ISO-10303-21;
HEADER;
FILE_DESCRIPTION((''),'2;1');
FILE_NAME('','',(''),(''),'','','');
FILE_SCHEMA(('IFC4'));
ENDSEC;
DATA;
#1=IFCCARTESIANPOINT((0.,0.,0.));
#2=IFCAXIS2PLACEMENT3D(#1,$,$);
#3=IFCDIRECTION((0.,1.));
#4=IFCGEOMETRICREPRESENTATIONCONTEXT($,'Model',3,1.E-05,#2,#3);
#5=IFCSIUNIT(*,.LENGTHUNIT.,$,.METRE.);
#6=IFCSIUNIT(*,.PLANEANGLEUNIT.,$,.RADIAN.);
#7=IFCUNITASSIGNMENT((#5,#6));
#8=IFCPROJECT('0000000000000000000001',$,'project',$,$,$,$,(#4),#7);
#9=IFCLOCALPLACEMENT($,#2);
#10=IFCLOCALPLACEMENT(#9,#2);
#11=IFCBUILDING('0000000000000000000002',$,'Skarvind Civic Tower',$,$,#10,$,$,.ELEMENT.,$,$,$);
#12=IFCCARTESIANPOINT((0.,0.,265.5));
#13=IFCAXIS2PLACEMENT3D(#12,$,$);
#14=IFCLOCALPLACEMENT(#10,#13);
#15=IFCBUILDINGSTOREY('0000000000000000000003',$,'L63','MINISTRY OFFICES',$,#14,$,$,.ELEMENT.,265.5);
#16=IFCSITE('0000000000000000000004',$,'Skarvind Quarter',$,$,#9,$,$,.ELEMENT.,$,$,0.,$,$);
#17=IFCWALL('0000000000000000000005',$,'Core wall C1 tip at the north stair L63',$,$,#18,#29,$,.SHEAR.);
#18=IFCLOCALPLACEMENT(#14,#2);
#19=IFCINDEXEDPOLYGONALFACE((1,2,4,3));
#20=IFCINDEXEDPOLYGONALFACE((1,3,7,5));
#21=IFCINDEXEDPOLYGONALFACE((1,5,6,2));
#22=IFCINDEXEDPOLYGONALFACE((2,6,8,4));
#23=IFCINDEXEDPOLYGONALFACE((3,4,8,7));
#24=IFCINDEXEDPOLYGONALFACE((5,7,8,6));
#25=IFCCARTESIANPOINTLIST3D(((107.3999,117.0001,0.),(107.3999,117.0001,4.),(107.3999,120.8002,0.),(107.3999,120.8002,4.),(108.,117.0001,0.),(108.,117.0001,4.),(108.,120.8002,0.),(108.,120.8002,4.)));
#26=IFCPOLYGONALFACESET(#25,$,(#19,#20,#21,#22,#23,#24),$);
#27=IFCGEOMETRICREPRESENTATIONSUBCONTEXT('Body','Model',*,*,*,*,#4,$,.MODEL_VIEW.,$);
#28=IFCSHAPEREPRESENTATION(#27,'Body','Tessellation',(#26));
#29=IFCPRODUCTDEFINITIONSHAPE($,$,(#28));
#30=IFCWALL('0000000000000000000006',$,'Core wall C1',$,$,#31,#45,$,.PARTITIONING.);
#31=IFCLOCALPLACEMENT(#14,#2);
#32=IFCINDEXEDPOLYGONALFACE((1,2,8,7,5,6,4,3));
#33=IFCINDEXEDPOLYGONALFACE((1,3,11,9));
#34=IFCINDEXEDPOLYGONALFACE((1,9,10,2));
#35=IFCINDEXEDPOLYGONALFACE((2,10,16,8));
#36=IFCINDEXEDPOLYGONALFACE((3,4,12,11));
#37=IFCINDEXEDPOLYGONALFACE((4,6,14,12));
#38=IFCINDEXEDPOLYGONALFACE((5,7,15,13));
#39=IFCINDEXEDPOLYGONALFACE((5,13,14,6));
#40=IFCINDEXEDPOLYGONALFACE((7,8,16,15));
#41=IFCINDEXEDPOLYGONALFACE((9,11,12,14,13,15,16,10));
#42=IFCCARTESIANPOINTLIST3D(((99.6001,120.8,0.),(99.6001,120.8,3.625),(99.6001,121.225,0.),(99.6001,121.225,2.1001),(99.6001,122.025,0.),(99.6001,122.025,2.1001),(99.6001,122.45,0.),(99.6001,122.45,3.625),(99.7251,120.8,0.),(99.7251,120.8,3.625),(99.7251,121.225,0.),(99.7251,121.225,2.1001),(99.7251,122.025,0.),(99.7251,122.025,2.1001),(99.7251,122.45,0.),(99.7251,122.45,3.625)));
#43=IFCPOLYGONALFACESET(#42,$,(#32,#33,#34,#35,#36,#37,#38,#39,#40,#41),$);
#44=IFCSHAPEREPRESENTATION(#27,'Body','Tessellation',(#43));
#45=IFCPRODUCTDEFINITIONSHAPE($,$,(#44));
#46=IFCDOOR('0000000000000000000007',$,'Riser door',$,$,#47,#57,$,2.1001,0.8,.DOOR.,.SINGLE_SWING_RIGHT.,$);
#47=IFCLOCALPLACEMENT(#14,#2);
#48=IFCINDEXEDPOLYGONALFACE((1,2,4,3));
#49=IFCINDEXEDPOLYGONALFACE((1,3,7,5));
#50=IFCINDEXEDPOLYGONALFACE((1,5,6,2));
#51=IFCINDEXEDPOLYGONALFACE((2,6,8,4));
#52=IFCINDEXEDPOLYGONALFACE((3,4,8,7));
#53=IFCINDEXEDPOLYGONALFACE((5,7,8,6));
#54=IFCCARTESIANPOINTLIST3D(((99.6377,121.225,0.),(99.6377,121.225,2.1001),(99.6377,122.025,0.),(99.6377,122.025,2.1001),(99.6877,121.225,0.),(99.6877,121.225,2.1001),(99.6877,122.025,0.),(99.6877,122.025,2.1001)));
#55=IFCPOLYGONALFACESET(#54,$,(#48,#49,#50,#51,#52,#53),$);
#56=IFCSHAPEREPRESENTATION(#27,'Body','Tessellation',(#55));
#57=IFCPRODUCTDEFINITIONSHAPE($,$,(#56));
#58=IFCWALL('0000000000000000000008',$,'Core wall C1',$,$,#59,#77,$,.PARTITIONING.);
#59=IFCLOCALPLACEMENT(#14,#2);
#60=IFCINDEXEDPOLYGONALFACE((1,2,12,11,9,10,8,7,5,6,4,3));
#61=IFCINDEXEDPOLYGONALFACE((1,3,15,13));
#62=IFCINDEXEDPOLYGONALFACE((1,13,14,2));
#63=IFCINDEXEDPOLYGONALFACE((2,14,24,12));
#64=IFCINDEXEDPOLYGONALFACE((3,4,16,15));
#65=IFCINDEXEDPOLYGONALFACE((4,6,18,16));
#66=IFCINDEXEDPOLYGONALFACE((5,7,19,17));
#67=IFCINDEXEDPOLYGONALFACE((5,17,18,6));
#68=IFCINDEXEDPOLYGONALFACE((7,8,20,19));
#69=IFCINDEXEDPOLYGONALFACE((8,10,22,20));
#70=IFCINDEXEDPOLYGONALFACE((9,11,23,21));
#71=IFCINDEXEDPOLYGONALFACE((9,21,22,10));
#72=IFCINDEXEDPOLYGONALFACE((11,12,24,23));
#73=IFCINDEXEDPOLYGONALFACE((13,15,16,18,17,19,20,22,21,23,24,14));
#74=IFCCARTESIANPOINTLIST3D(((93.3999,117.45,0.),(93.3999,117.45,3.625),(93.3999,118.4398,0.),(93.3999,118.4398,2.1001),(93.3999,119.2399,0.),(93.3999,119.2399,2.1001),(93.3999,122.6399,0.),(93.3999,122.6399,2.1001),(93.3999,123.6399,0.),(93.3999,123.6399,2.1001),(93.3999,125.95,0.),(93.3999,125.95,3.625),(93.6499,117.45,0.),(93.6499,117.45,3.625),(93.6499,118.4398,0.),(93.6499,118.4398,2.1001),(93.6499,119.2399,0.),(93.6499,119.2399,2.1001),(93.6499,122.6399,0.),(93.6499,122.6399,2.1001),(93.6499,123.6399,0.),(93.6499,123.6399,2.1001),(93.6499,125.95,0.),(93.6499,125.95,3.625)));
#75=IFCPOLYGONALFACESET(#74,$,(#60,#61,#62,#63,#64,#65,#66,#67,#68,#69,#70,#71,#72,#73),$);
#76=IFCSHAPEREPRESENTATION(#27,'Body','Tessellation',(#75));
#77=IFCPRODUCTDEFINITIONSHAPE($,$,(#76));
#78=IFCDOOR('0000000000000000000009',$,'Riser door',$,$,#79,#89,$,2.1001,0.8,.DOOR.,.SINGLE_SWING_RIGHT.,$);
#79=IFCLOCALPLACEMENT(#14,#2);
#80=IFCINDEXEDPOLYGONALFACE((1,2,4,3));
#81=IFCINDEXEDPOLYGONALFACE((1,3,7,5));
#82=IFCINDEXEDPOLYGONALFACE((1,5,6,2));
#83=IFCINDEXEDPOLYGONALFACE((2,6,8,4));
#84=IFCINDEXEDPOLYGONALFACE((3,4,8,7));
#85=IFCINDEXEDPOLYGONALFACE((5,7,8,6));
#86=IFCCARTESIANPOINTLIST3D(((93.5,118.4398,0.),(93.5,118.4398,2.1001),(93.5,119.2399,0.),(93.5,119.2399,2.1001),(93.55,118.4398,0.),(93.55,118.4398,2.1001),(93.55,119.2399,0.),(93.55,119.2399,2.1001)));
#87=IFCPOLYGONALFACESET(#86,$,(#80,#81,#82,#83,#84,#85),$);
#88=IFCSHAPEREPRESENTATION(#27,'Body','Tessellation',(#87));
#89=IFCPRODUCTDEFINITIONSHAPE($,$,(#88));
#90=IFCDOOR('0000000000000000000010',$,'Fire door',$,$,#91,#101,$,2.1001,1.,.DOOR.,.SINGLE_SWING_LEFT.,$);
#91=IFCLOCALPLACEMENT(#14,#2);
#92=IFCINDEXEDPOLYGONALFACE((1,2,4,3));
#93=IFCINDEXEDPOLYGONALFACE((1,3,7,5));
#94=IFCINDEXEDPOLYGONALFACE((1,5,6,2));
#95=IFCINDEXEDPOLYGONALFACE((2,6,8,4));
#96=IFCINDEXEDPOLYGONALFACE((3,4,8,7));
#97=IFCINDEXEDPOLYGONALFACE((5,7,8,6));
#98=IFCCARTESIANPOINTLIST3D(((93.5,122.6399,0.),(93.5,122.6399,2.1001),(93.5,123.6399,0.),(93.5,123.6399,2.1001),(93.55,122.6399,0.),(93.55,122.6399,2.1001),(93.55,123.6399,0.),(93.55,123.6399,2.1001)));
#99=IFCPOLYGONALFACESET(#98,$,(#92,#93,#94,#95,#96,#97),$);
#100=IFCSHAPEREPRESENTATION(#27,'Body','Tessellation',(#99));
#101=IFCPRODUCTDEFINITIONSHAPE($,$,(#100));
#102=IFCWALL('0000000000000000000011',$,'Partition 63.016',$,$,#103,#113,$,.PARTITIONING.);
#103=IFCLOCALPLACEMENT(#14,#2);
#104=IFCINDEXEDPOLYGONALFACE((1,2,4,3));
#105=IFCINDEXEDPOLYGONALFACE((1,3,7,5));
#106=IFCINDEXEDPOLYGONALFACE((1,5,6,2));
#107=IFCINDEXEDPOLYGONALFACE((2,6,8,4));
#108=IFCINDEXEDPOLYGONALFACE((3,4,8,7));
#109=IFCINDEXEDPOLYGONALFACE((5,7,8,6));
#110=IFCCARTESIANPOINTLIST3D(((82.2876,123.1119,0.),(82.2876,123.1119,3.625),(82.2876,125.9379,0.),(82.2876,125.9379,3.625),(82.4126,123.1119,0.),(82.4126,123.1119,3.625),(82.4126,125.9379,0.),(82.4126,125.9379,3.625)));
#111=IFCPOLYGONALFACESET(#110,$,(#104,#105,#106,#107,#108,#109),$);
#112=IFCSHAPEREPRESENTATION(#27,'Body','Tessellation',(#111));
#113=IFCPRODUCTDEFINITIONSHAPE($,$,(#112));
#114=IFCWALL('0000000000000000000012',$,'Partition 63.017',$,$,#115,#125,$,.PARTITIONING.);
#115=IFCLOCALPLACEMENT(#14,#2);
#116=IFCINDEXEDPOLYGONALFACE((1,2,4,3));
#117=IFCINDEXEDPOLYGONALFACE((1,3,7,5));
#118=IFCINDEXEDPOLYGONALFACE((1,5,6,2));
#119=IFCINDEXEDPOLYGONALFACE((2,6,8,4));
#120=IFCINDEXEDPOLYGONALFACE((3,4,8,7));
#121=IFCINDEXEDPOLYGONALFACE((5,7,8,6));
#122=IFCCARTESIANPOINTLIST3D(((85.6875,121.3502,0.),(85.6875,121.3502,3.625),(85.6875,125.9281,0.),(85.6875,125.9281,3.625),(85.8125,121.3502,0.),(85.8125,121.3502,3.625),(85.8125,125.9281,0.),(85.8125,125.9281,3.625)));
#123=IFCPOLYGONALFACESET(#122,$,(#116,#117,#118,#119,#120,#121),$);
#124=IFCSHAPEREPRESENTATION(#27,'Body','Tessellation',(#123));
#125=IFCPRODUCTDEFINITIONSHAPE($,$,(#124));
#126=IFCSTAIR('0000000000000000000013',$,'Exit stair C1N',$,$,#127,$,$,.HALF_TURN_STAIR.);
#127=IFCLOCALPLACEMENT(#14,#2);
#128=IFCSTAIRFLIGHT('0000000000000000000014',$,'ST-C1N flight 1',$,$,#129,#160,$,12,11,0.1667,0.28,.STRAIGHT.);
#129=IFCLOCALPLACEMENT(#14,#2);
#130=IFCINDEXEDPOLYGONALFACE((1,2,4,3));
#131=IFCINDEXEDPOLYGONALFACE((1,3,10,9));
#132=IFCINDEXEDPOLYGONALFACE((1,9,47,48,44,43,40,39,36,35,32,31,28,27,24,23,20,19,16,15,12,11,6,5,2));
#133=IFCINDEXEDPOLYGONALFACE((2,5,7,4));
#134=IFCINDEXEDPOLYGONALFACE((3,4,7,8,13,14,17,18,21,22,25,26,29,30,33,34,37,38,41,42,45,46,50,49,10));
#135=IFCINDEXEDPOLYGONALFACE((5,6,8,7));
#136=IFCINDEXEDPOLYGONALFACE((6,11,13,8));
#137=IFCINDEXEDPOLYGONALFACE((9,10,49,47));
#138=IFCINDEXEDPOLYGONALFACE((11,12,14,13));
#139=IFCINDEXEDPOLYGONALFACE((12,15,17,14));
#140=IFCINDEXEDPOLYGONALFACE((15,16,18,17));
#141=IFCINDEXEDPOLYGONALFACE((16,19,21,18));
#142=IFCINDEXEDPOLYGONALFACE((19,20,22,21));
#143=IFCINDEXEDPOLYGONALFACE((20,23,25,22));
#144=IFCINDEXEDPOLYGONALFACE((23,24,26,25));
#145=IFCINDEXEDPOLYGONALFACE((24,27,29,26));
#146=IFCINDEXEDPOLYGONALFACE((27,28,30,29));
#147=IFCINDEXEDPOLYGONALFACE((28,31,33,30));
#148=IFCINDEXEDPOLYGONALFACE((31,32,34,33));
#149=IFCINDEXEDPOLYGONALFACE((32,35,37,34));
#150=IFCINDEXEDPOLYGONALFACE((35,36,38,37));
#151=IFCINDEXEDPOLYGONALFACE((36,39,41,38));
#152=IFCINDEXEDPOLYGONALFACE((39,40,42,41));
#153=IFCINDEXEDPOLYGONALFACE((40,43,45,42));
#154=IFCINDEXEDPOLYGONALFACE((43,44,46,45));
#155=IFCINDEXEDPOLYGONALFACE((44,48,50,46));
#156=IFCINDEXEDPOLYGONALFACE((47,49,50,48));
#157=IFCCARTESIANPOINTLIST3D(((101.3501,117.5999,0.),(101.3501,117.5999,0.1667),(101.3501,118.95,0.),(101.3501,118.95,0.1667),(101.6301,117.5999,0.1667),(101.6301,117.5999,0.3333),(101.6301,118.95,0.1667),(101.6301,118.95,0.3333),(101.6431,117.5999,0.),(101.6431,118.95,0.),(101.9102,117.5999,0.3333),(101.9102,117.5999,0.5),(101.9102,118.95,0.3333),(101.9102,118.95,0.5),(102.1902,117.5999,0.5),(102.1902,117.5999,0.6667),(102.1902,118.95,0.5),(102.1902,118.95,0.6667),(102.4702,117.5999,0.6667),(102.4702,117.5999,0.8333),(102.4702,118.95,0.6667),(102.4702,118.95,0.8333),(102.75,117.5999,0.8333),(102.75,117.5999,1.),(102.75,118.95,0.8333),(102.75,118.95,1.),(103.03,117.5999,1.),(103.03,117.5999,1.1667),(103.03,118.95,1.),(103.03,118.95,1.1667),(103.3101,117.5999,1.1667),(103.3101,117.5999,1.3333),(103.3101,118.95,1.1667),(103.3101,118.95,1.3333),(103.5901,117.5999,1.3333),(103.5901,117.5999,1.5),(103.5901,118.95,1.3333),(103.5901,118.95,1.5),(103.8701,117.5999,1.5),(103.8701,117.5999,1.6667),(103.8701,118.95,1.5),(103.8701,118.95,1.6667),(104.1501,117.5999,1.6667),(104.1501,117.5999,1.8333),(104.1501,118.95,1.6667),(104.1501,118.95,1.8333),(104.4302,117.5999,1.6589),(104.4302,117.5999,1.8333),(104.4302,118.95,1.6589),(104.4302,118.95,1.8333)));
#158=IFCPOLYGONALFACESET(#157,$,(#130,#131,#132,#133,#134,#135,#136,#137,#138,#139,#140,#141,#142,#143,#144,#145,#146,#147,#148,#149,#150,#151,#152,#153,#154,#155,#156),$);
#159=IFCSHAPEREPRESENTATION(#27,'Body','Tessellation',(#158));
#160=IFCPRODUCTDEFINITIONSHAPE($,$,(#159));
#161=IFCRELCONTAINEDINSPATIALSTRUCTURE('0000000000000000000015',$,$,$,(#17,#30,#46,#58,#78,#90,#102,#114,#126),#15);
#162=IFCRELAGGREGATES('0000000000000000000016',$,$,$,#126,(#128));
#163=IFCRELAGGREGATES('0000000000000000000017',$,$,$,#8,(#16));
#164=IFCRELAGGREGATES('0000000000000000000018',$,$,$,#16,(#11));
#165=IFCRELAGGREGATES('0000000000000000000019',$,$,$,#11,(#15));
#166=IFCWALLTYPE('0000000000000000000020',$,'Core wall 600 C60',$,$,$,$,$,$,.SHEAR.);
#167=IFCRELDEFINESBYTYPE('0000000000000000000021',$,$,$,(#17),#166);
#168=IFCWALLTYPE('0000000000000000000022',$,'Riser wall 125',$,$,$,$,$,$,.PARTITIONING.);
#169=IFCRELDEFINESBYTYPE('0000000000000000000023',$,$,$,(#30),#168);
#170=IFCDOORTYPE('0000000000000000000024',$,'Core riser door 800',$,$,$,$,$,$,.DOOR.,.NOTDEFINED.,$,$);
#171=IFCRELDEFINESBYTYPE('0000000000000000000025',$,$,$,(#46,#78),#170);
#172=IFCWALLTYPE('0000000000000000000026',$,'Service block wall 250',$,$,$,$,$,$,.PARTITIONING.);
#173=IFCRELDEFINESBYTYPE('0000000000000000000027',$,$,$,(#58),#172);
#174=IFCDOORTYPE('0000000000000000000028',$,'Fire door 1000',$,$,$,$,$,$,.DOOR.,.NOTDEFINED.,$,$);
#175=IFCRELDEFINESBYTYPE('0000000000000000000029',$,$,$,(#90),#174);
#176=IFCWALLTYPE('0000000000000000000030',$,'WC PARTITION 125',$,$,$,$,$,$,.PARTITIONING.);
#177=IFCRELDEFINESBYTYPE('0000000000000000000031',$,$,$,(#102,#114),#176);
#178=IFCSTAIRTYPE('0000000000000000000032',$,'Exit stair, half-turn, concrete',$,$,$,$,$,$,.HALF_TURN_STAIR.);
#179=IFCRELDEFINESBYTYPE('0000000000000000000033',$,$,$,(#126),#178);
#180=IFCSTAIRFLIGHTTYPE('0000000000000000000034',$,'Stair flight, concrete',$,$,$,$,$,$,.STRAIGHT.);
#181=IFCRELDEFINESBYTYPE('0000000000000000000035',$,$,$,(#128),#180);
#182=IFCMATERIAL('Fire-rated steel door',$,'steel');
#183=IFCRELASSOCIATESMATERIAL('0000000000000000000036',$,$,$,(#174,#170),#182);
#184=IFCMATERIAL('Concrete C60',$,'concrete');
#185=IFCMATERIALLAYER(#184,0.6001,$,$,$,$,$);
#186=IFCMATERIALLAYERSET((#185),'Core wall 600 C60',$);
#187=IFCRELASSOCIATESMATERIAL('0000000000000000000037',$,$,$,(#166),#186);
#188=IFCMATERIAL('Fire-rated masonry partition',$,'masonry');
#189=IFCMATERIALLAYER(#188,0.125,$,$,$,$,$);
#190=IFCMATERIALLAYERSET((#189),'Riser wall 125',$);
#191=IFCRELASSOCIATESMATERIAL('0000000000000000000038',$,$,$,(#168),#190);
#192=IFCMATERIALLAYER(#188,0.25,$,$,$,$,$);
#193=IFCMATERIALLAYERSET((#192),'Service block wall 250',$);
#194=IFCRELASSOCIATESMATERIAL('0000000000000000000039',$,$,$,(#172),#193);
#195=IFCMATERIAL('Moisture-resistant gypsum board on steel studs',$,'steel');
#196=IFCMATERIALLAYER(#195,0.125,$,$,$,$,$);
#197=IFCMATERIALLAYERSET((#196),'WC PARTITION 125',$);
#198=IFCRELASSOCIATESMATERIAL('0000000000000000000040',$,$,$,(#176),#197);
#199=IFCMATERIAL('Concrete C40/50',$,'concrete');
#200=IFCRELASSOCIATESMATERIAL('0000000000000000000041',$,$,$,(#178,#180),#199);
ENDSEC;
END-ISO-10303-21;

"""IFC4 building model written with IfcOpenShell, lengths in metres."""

from ifc_helpers import new_model, si_unit, direction, frame, frame_2d, origin, place, context, subcontext, project, spatial, polyline, rectangle, outline, extrude, material, layer, layer_set, type_object, element, fill, aggregate, save


model = new_model("IFC4")

# Units and contexts
model_context = context("Model", 3, precision=1e-05, world=origin(), true_north=direction((0.0, 1.0)))
body_context = subcontext(model_context, "Body", "Model", "MODEL_VIEW")
ifc_project = project(units=[si_unit("LENGTHUNIT", "METRE"), si_unit("PLANEANGLEUNIT", "RADIAN")], contexts=[model_context])

# Site, building, storey
site_placement = place(None, origin())
site = spatial("IfcSite", under=ifc_project, at=site_placement, Name="Skarvind Quarter", CompositionType="ELEMENT", RefElevation=0.0)
building_placement = place(site_placement, origin())
building = spatial("IfcBuilding", under=site, at=building_placement, Name="Skarvind Civic Tower", CompositionType="ELEMENT")
storey_placement = place(building_placement, frame((0.0, 0.0, 265.5)))
storey = spatial("IfcBuildingStorey", under=building, at=storey_placement, Name="L63", Description="MINISTRY OFFICES", CompositionType="ELEMENT", Elevation=265.5)

# Shared definitions
ifc_material_1 = material(Name="Fire-rated masonry partition", Category="masonry")
ifc_material_2 = material(Name="Fire-rated steel door", Category="steel")

# Shared definitions
ifc_material_3 = material(Name="Concrete C60", Category="concrete")

# Shared definitions
door_type_1 = type_object("IfcDoorType", Name="Fire door 1000", OperationType="NOTDEFINED", PredefinedType="DOOR", material=ifc_material_2)

# Wall
ifc_layer_1 = layer(ifc_material_3, 0.6001)
ifc_layer_set_1 = layer_set([ifc_layer_1], Name="Core wall 600 C60")
wall_type_1 = type_object("IfcWallType", Name="Core wall 600 C60", PredefinedType="SHEAR", material=ifc_layer_set_1)
wall_1_placement = place(storey_placement, frame((107.7, 120.8, 0.0), z_axis=(0.0, 0.0, 1.0), x_axis=(0.0, -1.0, 0.0)))
element("IfcWall", 1, at=wall_1_placement, inside=storey, type_object=wall_type_1, Name="Core wall C1 tip at the north stair L63", PredefinedType="SHEAR", context=body_context, shape_type="SweptSolid", body=[
    extrude(rectangle(XDim=3.8, YDim=0.6001, at=frame_2d((1.8999, 0.0))), origin(), (0.0, 0.0, 1.0), 4.0),
])

# Wall, opening, door
ifc_layer_2 = layer(ifc_material_1, 0.125)
ifc_layer_set_2 = layer_set([ifc_layer_2], Name="Riser wall 125")
wall_type_2 = type_object("IfcWallType", Name="Riser wall 125", PredefinedType="PARTITIONING", material=ifc_layer_set_2)
wall_2_placement = place(storey_placement, frame((99.6626, 120.8, 0.0), z_axis=(0.0, 0.0, 1.0), x_axis=(0.0, 1.0, 0.0)))
wall_2 = element("IfcWall", 2, at=wall_2_placement, inside=storey, type_object=wall_type_2, Name="Core wall C1", PredefinedType="PARTITIONING", context=body_context, shape_type="SweptSolid", body=[
    extrude(rectangle(XDim=1.6499, YDim=0.125, at=frame_2d((0.825, 0.0))), origin(), (0.0, 0.0, 1.0), 3.625),
])
opening_1_placement = place(wall_2_placement, frame((0.425, 0.0, 0.0)))
opening_1 = element("IfcOpeningElement", 3, at=opening_1_placement, cuts=wall_2, PredefinedType="OPENING", context=body_context, shape_type="SweptSolid", body=[
    extrude(rectangle(XDim=0.8, YDim=2.1001, at=frame_2d((0.3999, 1.05))), frame((0.0, 0.0725, 0.0), z_axis=(0.0, -1.0, 0.0), x_axis=(1.0, 0.0, 0.0)), (0.0, 0.0, 1.0), 0.145),
])
door_type_2 = type_object("IfcDoorType", Name="Core riser door 800", OperationType="NOTDEFINED", PredefinedType="DOOR", material=ifc_material_2)
door_1_placement = place(opening_1_placement, origin())
door_1 = element("IfcDoor", 4, at=door_1_placement, inside=storey, type_object=door_type_2, Name="Riser door", OperationType="SINGLE_SWING_RIGHT", OverallHeight=2.1001, OverallWidth=0.8, PredefinedType="DOOR", context=body_context, shape_type="SweptSolid", body=[
    extrude(rectangle(XDim=0.8, YDim=2.1001, at=frame_2d((0.3999, 1.05))), frame((0.0, 0.0249, 0.0), z_axis=(0.0, -1.0, 0.0), x_axis=(1.0, 0.0, 0.0)), (0.0, 0.0, 1.0), 0.05),
])
fill(opening_1, door_1)

# Wall, openings, doors
ifc_layer_3 = layer(ifc_material_1, 0.25)
ifc_layer_set_3 = layer_set([ifc_layer_3], Name="Service block wall 250")
wall_type_3 = type_object("IfcWallType", Name="Service block wall 250", PredefinedType="PARTITIONING", material=ifc_layer_set_3)
wall_3_placement = place(storey_placement, frame((93.5249, 117.45, 0.0), z_axis=(0.0, 0.0, 1.0), x_axis=(0.0, 1.0, 0.0)))
wall_3 = element("IfcWall", 5, at=wall_3_placement, inside=storey, type_object=wall_type_3, Name="Core wall C1", PredefinedType="PARTITIONING", context=body_context, shape_type="SweptSolid", body=[
    extrude(rectangle(XDim=8.5, YDim=0.25, at=frame_2d((4.25, 0.0))), origin(), (0.0, 0.0, 1.0), 3.625),
])
opening_2_placement = place(wall_3_placement, frame((5.1899, 0.0, 0.0)))
opening_2 = element("IfcOpeningElement", 6, at=opening_2_placement, cuts=wall_3, PredefinedType="OPENING", context=body_context, shape_type="SweptSolid", body=[
    extrude(rectangle(XDim=1.0, YDim=2.1001, at=frame_2d((0.5, 1.05))), frame((0.0, 0.135, 0.0), z_axis=(0.0, -1.0, 0.0), x_axis=(1.0, 0.0, 0.0)), (0.0, 0.0, 1.0), 0.27),
])
opening_3_placement = place(wall_3_placement, frame((0.99, 0.0, 0.0)))
opening_3 = element("IfcOpeningElement", 7, at=opening_3_placement, cuts=wall_3, PredefinedType="OPENING", context=body_context, shape_type="SweptSolid", body=[
    extrude(rectangle(XDim=0.8, YDim=2.1001, at=frame_2d((0.3999, 1.05))), frame((0.0, 0.135, 0.0), z_axis=(0.0, -1.0, 0.0), x_axis=(1.0, 0.0, 0.0)), (0.0, 0.0, 1.0), 0.27),
])
door_2_placement = place(opening_3_placement, origin())
door_2 = element("IfcDoor", 8, at=door_2_placement, inside=storey, type_object=door_type_2, Name="Riser door", OperationType="SINGLE_SWING_RIGHT", OverallHeight=2.1001, OverallWidth=0.8, PredefinedType="DOOR", context=body_context, shape_type="SweptSolid", body=[
    extrude(rectangle(XDim=0.8, YDim=2.1001, at=frame_2d((0.3999, 1.05))), frame((0.0, 0.0249, 0.0), z_axis=(0.0, -1.0, 0.0), x_axis=(1.0, 0.0, 0.0)), (0.0, 0.0, 1.0), 0.05),
])
fill(opening_3, door_2)
door_3_placement = place(opening_2_placement, origin())
door_3 = element("IfcDoor", 9, at=door_3_placement, inside=storey, type_object=door_type_1, Name="Fire door", OperationType="SINGLE_SWING_LEFT", OverallHeight=2.1001, OverallWidth=1.0, PredefinedType="DOOR", context=body_context, shape_type="SweptSolid", body=[
    extrude(rectangle(XDim=1.0, YDim=2.1001, at=frame_2d((0.5, 1.05))), frame((0.0, 0.0249, 0.0), z_axis=(0.0, -1.0, 0.0), x_axis=(1.0, 0.0, 0.0)), (0.0, 0.0, 1.0), 0.05),
])
fill(opening_2, door_3)

# Walls
ifc_material_4 = material(Name="Moisture-resistant gypsum board on steel studs", Category="steel")
ifc_layer_4 = layer(ifc_material_4, 0.125)
ifc_layer_set_4 = layer_set([ifc_layer_4], Name="WC PARTITION 125")
wall_type_4 = type_object("IfcWallType", Name="WC PARTITION 125", PredefinedType="PARTITIONING", material=ifc_layer_set_4)
wall_4_placement = place(storey_placement, frame((82.3501, 125.938, 0.0), z_axis=(0.0, 0.0, 1.0), x_axis=(0.0, -1.0, 0.0)))
element("IfcWall", 10, at=wall_4_placement, inside=storey, type_object=wall_type_4, Name="Partition 63.016", PredefinedType="PARTITIONING", context=body_context, shape_type="SweptSolid", body=[
    extrude(rectangle(XDim=2.8259, YDim=0.125, at=frame_2d((1.4131, 0.0))), origin(), (0.0, 0.0, 1.0), 3.625),
])
wall_5_placement = place(storey_placement, frame((85.75, 121.3501, 0.0), z_axis=(0.0, 0.0, 1.0), x_axis=(0.0, 1.0, 0.0)))
element("IfcWall", 11, at=wall_5_placement, inside=storey, type_object=wall_type_4, Name="Partition 63.017", PredefinedType="PARTITIONING", context=body_context, shape_type="SweptSolid", body=[
    extrude(rectangle(XDim=4.5779, YDim=0.125, at=frame_2d((2.2891, 0.0))), origin(), (0.0, 0.0, 1.0), 3.625),
])

# Stair, stair flight
ifc_material_5 = material(Name="Concrete C40/50", Category="concrete")
stair_type = type_object("IfcStairType", Name="Exit stair, half-turn, concrete", PredefinedType="HALF_TURN_STAIR", material=ifc_material_5)
stair_placement = place(storey_placement, origin())
stair = element("IfcStair", 12, at=stair_placement, inside=storey, type_object=stair_type, Name="Exit stair C1N", PredefinedType="HALF_TURN_STAIR")
stair_flight_type = type_object("IfcStairFlightType", Name="Stair flight, concrete", PredefinedType="STRAIGHT", material=ifc_material_5)
stair_flight_1_placement = place(storey_placement, frame((101.3501, 118.2749, 0.0), z_axis=(0.0, 0.0, 1.0), x_axis=(1.0, 0.0, 0.0)))
stair_flight_1 = element("IfcStairFlight", 13, at=stair_flight_1_placement, type_object=stair_flight_type, Name="ST-C1N flight 1", NumberOfRisers=12, NumberOfTreads=11, PredefinedType="STRAIGHT", RiserHeight=0.1667, TreadLength=0.28, context=body_context, shape_type="SweptSolid", body=[
    extrude(outline(polyline([(0.0, 0.0), (0.0, 0.1667), (0.28, 0.1667), (0.28, 0.3333), (0.5601, 0.3333), (0.5601, 0.5), (0.8401, 0.5), (0.8401, 0.6667), (1.1201, 0.6667), (1.1201, 0.8333), (1.3999, 0.8333), (1.3999, 1.0), (1.6799, 1.0), (1.6799, 1.1667), (1.96, 1.1667), (1.96, 1.3333), (2.24, 1.3333), (2.24, 1.5), (2.52, 1.5), (2.52, 1.6667), (2.8, 1.6667), (2.8, 1.8333), (3.0801, 1.8333), (3.0801, 2.0), (3.0801, 1.6589), (0.293, 0.0), (0.0, 0.0)])), frame((0.0, 0.675, 0.0), z_axis=(0.0, -1.0, 0.0), x_axis=(1.0, 0.0, 0.0)), (0.0, 0.0, 1.0), 1.3501),
])
aggregate(stair, [stair_flight_1])

save(model, "model.ifc")
